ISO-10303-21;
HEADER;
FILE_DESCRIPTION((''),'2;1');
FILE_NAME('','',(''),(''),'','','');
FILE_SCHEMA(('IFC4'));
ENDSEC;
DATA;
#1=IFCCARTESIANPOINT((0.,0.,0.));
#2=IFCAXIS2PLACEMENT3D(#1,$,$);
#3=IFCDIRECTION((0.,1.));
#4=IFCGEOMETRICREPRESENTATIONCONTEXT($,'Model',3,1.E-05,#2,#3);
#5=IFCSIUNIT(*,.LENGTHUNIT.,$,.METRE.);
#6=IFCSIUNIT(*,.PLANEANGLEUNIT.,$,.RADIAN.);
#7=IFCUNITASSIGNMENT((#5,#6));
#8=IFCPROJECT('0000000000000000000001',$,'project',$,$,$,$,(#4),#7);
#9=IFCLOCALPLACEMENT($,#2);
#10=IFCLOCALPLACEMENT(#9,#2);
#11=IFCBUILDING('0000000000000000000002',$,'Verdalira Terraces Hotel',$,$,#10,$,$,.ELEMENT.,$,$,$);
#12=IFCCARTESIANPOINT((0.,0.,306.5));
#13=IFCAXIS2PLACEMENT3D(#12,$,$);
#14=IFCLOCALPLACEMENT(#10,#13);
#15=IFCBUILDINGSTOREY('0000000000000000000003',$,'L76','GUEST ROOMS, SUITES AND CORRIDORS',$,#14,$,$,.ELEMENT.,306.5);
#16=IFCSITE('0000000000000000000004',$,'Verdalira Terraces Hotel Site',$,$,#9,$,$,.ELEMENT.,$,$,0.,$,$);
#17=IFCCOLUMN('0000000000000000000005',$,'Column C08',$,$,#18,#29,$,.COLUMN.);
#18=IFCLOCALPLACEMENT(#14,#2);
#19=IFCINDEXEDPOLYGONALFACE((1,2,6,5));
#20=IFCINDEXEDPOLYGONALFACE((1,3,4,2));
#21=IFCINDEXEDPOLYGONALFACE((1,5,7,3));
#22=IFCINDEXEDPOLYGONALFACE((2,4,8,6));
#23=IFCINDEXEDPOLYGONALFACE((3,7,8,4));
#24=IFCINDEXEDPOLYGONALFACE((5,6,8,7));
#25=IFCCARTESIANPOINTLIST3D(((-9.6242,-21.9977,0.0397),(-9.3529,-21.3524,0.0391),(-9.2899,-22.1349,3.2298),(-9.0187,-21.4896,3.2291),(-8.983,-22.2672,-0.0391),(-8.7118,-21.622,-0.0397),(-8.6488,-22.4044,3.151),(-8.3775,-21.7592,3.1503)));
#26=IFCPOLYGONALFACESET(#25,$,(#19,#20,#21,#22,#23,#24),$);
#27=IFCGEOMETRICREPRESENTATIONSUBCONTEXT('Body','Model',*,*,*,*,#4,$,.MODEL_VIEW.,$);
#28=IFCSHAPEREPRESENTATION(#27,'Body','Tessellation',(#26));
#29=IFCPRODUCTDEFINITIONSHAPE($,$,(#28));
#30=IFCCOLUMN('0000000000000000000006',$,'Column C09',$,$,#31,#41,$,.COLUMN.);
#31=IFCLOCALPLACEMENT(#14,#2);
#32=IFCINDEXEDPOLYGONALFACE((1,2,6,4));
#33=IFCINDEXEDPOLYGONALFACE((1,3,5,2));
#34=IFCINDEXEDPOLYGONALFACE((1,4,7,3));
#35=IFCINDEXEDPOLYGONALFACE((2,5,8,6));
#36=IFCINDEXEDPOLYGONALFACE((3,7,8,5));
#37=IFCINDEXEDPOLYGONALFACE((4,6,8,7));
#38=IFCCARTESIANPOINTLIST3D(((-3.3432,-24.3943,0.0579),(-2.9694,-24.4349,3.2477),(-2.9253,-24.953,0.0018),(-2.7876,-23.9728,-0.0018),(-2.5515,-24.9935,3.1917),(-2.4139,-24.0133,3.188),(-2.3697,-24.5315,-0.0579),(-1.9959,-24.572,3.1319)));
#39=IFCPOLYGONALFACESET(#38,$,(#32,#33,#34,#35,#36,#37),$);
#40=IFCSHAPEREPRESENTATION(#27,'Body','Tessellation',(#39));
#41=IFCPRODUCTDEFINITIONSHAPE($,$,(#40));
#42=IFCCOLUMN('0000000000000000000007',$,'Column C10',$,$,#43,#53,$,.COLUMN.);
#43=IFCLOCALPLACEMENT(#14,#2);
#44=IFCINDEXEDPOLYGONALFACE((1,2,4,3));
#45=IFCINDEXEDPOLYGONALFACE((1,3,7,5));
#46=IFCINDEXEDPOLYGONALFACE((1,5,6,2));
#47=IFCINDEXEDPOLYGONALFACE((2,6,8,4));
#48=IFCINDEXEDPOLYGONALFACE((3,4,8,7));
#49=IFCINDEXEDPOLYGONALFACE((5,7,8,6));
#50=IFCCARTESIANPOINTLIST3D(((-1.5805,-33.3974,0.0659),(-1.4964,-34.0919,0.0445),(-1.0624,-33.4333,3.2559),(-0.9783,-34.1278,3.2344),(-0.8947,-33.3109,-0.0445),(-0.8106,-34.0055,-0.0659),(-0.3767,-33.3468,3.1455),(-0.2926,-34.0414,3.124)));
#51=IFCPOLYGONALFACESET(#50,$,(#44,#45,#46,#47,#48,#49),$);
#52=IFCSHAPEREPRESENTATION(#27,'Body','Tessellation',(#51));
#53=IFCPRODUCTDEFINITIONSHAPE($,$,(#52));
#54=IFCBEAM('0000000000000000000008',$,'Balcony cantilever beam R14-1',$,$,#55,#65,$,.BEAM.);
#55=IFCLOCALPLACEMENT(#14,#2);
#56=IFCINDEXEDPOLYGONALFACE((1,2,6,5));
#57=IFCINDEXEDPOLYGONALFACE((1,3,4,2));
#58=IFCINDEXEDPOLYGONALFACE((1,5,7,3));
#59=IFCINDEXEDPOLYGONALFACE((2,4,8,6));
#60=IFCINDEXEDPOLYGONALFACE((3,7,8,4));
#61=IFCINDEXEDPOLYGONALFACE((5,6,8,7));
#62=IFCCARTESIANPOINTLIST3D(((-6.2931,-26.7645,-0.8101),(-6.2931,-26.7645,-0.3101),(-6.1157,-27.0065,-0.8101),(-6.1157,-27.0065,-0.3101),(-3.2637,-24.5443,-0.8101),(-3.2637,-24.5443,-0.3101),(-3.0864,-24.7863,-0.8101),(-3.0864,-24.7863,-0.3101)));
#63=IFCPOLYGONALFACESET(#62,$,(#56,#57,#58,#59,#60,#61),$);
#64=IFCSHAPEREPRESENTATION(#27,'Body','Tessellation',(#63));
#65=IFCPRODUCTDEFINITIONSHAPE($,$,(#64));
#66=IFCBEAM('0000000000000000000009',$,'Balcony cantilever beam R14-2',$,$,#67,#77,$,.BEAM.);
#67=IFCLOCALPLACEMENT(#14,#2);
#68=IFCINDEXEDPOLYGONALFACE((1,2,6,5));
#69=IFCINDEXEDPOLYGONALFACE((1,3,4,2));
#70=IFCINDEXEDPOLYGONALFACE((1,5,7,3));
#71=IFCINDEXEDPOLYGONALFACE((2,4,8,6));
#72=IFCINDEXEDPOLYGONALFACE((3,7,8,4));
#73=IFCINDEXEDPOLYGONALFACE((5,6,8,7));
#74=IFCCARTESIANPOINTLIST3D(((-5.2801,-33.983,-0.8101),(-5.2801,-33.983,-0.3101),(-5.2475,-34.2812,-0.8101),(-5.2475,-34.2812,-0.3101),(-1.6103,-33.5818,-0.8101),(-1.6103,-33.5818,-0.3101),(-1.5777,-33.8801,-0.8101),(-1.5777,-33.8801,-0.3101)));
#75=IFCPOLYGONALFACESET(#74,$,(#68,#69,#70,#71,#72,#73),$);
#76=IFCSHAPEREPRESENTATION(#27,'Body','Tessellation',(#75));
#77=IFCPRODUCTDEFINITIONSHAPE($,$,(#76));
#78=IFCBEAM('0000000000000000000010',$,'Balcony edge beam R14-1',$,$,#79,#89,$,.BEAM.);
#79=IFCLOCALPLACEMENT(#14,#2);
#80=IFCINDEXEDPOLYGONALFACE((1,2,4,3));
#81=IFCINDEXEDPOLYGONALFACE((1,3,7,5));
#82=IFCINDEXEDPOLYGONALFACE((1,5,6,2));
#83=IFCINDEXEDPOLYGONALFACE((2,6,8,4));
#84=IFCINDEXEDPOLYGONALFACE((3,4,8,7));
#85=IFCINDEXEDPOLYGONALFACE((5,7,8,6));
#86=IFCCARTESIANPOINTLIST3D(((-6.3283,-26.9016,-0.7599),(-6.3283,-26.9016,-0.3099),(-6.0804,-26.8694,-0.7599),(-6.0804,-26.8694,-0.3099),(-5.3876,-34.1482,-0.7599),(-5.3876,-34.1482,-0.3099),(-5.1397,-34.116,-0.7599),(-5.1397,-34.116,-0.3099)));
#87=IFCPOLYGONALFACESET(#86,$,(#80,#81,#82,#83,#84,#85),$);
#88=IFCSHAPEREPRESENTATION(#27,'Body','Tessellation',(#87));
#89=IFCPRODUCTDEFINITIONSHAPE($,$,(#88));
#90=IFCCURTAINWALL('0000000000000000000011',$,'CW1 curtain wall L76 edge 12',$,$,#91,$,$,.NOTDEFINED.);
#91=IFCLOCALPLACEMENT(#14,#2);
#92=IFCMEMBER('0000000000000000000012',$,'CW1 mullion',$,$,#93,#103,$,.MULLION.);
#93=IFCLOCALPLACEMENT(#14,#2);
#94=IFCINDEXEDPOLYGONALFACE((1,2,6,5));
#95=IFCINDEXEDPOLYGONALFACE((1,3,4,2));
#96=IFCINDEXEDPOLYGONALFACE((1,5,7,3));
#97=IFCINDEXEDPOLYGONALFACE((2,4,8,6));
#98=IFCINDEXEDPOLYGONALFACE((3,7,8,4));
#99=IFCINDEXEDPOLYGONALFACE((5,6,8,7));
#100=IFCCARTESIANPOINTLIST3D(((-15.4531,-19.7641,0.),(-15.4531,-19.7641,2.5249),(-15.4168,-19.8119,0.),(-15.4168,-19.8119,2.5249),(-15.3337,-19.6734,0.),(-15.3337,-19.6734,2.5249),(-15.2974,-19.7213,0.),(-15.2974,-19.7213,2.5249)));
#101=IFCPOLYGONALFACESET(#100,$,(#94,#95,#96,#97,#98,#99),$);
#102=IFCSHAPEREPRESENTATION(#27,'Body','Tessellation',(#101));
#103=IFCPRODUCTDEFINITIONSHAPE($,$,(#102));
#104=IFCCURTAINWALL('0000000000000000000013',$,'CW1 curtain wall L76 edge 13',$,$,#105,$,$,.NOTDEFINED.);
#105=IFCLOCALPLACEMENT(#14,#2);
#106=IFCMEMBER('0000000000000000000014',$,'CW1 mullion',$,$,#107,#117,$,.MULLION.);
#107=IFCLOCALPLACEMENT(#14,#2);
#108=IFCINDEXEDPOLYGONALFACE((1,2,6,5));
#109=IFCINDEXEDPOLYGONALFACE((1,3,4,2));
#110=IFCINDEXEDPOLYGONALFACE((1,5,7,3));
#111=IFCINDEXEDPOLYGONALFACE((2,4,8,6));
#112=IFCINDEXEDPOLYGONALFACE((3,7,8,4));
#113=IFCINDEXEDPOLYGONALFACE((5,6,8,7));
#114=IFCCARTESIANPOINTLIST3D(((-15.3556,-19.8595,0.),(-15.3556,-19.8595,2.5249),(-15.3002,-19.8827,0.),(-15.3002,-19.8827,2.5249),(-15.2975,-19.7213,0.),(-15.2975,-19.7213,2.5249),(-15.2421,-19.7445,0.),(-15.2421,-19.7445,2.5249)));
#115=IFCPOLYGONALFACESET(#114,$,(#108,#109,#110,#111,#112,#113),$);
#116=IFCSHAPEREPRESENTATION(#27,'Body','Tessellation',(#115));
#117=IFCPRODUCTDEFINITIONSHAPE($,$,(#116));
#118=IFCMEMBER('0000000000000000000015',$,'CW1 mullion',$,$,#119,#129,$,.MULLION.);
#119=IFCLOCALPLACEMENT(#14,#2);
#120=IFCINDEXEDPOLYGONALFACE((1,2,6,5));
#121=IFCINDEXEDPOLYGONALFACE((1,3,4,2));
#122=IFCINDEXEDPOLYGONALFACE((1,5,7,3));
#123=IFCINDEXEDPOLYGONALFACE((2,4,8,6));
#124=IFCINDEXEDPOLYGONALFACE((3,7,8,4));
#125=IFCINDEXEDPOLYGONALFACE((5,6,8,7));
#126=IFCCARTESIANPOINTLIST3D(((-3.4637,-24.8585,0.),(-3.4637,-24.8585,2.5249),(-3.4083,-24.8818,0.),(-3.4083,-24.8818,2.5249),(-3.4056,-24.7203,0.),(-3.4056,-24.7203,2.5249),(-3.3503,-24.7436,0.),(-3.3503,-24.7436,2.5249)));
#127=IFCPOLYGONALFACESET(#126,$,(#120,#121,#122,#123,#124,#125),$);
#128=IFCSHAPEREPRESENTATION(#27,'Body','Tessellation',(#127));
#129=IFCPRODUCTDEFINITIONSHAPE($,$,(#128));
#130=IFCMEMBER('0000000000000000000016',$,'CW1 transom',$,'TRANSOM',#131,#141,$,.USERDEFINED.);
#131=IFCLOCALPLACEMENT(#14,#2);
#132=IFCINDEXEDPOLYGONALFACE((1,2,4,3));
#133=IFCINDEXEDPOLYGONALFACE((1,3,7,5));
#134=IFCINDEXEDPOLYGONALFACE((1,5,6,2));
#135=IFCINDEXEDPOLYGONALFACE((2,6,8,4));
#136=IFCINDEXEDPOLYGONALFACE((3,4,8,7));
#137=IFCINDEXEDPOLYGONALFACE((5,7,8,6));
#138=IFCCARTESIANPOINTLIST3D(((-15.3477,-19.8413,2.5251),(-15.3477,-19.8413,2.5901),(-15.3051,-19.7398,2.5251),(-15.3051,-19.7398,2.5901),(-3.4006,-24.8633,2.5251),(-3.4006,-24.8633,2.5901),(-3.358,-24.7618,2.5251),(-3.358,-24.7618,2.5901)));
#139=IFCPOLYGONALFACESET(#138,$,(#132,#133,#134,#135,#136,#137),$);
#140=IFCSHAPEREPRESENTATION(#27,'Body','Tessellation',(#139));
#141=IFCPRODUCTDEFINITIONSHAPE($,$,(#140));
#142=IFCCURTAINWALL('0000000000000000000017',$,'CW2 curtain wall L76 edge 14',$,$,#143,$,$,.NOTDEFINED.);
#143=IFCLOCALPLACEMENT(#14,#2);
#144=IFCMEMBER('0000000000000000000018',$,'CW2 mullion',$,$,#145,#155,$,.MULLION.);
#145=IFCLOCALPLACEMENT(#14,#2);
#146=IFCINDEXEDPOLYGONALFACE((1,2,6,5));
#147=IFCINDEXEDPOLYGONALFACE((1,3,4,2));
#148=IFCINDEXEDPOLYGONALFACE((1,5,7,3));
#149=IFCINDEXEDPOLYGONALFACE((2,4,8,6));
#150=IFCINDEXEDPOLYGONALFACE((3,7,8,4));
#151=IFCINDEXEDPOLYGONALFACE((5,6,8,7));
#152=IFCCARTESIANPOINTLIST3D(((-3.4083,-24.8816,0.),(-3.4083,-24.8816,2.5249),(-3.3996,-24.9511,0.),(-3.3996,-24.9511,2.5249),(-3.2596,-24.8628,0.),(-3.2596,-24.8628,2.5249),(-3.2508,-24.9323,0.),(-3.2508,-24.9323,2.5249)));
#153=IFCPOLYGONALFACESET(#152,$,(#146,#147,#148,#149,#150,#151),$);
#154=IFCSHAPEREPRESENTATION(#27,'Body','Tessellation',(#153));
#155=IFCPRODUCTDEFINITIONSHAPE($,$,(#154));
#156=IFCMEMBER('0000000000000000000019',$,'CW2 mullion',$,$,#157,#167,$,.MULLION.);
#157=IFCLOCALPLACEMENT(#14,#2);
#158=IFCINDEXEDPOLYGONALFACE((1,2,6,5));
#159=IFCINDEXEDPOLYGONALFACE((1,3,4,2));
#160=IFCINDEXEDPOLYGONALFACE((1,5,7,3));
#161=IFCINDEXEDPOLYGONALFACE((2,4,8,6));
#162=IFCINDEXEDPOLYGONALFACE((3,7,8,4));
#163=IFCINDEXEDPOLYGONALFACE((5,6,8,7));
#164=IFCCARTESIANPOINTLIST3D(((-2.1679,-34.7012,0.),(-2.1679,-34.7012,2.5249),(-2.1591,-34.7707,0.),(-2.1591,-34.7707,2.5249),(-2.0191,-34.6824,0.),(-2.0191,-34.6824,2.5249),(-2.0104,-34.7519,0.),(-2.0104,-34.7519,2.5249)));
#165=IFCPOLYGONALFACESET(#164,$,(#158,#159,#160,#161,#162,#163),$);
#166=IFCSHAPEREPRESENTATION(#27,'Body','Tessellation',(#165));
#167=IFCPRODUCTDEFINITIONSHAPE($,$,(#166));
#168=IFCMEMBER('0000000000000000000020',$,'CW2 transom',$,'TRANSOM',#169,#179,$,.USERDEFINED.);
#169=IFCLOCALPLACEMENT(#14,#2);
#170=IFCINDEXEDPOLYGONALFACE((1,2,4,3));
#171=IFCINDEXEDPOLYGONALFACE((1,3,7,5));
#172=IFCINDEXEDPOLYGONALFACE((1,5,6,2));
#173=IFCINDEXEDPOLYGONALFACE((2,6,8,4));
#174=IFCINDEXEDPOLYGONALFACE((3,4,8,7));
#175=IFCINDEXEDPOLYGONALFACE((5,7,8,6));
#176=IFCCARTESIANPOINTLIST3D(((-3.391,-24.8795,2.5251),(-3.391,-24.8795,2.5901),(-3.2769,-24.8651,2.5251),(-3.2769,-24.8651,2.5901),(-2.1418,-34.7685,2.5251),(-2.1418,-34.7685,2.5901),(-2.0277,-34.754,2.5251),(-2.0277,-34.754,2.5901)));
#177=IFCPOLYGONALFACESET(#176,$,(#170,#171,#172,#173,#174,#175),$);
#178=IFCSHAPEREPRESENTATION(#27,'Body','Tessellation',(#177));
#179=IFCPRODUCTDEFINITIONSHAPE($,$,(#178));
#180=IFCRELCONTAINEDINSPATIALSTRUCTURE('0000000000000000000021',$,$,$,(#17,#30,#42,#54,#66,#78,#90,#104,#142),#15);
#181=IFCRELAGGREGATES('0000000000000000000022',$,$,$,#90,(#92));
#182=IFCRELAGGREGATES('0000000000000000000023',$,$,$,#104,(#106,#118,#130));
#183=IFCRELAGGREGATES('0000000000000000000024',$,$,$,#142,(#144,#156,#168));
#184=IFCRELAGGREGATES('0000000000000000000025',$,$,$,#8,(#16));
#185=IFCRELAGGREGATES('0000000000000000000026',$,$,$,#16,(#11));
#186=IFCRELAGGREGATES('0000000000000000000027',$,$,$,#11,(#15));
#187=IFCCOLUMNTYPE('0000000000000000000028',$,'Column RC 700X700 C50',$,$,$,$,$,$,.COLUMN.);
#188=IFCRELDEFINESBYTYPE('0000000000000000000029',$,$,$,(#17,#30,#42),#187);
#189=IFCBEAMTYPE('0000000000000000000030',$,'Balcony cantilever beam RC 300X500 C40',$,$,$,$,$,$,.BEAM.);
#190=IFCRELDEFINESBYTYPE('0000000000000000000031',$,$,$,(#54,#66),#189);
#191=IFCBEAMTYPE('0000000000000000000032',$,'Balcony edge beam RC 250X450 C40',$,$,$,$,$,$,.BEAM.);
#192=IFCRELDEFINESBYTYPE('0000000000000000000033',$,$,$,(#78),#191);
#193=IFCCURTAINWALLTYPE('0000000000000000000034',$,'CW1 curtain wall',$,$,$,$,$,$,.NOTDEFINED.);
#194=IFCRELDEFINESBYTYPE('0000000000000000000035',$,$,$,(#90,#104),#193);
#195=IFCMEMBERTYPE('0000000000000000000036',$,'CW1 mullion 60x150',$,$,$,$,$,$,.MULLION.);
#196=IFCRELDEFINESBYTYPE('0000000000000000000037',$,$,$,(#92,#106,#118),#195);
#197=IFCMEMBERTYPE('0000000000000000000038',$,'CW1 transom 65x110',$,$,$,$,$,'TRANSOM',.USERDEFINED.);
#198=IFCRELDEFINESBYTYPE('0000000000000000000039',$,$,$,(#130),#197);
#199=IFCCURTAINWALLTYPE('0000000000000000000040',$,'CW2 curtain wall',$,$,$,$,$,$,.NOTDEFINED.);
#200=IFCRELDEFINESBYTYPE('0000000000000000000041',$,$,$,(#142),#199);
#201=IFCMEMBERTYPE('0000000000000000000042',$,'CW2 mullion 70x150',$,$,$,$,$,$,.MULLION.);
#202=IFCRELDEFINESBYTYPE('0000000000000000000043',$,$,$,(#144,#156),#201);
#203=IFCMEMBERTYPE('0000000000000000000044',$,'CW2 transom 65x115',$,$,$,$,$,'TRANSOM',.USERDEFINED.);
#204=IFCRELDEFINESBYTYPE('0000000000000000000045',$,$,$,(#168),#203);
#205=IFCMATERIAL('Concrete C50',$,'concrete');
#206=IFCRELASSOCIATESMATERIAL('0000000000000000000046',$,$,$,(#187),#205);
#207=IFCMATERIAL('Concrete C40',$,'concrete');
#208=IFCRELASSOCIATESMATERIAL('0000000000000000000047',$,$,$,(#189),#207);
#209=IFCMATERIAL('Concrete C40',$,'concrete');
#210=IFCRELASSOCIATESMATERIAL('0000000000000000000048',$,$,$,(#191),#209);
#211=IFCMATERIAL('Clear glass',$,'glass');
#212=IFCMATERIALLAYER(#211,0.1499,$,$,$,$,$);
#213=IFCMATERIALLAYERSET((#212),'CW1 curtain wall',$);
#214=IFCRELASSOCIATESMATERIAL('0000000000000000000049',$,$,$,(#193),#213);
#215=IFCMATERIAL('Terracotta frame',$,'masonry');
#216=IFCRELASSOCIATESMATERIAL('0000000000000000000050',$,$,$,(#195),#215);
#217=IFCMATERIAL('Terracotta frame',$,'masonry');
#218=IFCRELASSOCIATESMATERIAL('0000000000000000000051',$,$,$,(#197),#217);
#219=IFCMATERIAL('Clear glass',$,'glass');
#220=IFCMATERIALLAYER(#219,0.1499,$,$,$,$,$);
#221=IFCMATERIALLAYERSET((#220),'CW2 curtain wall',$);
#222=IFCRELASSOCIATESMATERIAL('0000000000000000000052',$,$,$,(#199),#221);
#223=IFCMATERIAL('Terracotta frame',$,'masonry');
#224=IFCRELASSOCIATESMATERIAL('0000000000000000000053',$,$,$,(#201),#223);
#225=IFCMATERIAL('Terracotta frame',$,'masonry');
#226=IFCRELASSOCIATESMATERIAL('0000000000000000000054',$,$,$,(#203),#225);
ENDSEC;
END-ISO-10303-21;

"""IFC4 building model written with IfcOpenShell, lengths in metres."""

from ifc_helpers import new_model, si_unit, direction, frame, origin, origin_2d, place, context, subcontext, project, spatial, rectangle, extrude, material, layer, layer_set, material_profile, profile_set, type_object, element, aggregate, save


model = new_model("IFC4")

# Units and contexts
model_context = context("Model", 3, precision=1e-05, world=origin(), true_north=direction((0.0, 1.0)))
body_context = subcontext(model_context, "Body", "Model", "MODEL_VIEW")
ifc_project = project(units=[si_unit("LENGTHUNIT", "METRE"), si_unit("PLANEANGLEUNIT", "RADIAN")], contexts=[model_context])

# Site, building, storey
site_placement = place(None, origin())
site = spatial("IfcSite", under=ifc_project, at=site_placement, Name="Verdalira Terraces Hotel Site", CompositionType="ELEMENT", RefElevation=0.0)
building_placement = place(site_placement, origin())
building = spatial("IfcBuilding", under=site, at=building_placement, Name="Verdalira Terraces Hotel", CompositionType="ELEMENT")
storey_placement = place(building_placement, frame((0.0, 0.0, 306.5)))
storey = spatial("IfcBuildingStorey", under=building, at=storey_placement, Name="L76", Description="GUEST ROOMS, SUITES AND CORRIDORS", CompositionType="ELEMENT", Elevation=306.5)

# Columns
ifc_material_1 = material(Name="Concrete C50", Category="concrete")
ifc_material_profile_1 = material_profile(ifc_material_1, rectangle(XDim=0.7, YDim=0.7, at=origin_2d()), Name="RC 700X700")
ifc_profile_set_1 = profile_set([ifc_material_profile_1], Name="Concrete C50")
column_type = type_object("IfcColumnType", Name="Column RC 700X700 C50", PredefinedType="COLUMN", material=ifc_profile_set_1)
column_1_placement = place(storey_placement, frame((-9.168, -21.8098, 0.0), z_axis=(0.10411, -0.042739, 0.993647), x_axis=(0.915972, -0.385138, -0.112537)))
element("IfcColumn", 1, at=column_1_placement, inside=storey, type_object=column_type, Name="Column C08", PredefinedType="COLUMN", context=body_context, shape_type="SweptSolid", body=[
    extrude(rectangle(XDim=0.7, YDim=0.7, at=origin_2d()), origin(), (0.0, 0.0, 1.0), 3.2104),
])
column_2_placement = place(storey_placement, frame((-2.8564, -24.4629, 0.0), z_axis=(0.116369, -0.012617, 0.993126), x_axis=(-0.597065, 0.798184, 0.080101)))
element("IfcColumn", 2, at=column_2_placement, inside=storey, type_object=column_type, Name="Column C09", PredefinedType="COLUMN", context=body_context, shape_type="SweptSolid", body=[
    extrude(rectangle(XDim=0.7, YDim=0.7, at=origin_2d()), origin(), (0.0, 0.0, 1.0), 3.2119),
])
column_3_placement = place(storey_placement, frame((-1.1956, -33.7014, 0.0), z_axis=(0.160296, -0.011104, 0.987007), x_axis=(0.120143, -0.992283, -0.030676)))
element("IfcColumn", 3, at=column_3_placement, inside=storey, type_object=column_type, Name="Column C10", PredefinedType="COLUMN", context=body_context, shape_type="SweptSolid", body=[
    extrude(rectangle(XDim=0.7, YDim=0.7, at=origin_2d()), origin(), (0.0, 0.0, 1.0), 3.2319),
])

# Beams
ifc_material_2 = material(Name="Concrete C40", Category="concrete")
ifc_material_profile_2 = material_profile(ifc_material_2, rectangle(XDim=0.3, YDim=0.5, at=origin_2d()), Name="RC 300X500")
ifc_profile_set_2 = profile_set([ifc_material_profile_2], Name="Concrete C40")
beam_type_1 = type_object("IfcBeamType", Name="Balcony cantilever beam RC 300X500 C40", PredefinedType="BEAM", material=ifc_profile_set_2)
beam_1_placement = place(storey_placement, frame((-3.175, -24.6653, -0.5601), z_axis=(-0.806566, -0.591144, 0.0), x_axis=(0.591144, -0.806566, 0.0)))
element("IfcBeam", 4, at=beam_1_placement, inside=storey, type_object=beam_type_1, Name="Balcony cantilever beam R14-1", PredefinedType="BEAM", context=body_context, shape_type="SweptSolid", body=[
    extrude(rectangle(XDim=0.3, YDim=0.5, at=origin_2d()), origin(), (0.0, 0.0, 1.0), 3.7559),
])
beam_2_placement = place(storey_placement, frame((-1.594, -33.731, -0.5601), z_axis=(-0.994079, -0.10866, 0.0), x_axis=(0.10866, -0.994079, 0.0)))
element("IfcBeam", 5, at=beam_2_placement, inside=storey, type_object=beam_type_1, Name="Balcony cantilever beam R14-2", PredefinedType="BEAM", context=body_context, shape_type="SweptSolid", body=[
    extrude(rectangle(XDim=0.3, YDim=0.5, at=origin_2d()), origin(), (0.0, 0.0, 1.0), 3.6917),
])
ifc_material_3 = material(Name="Concrete C40", Category="concrete")
ifc_material_profile_3 = material_profile(ifc_material_3, rectangle(XDim=0.25, YDim=0.45, at=origin_2d()), Name="RC 250X450")
ifc_profile_set_3 = profile_set([ifc_material_profile_3], Name="Concrete C40")
beam_type_2 = type_object("IfcBeamType", Name="Balcony edge beam RC 250X450 C40", PredefinedType="BEAM", material=ifc_profile_set_3)
beam_3_placement = place(storey_placement, frame((-6.2043, -26.8855, -0.5349), z_axis=(0.128729, -0.99168, 0.0), x_axis=(0.99168, 0.128729, 0.0)))
element("IfcBeam", 6, at=beam_3_placement, inside=storey, type_object=beam_type_2, Name="Balcony edge beam R14-1", PredefinedType="BEAM", context=body_context, shape_type="SweptSolid", body=[
    extrude(rectangle(XDim=0.25, YDim=0.45, at=origin_2d()), origin(), (0.0, 0.0, 1.0), 7.3074),
])

# Curtain wall, member
ifc_material_4 = material(Name="Clear glass", Category="glass")
ifc_layer_1 = layer(ifc_material_4, 0.1499)
ifc_layer_set_1 = layer_set([ifc_layer_1], Name="CW1 curtain wall")
curtain_wall_type_1 = type_object("IfcCurtainWallType", Name="CW1 curtain wall", PredefinedType="NOTDEFINED", material=ifc_layer_set_1)
curtain_wall_1_placement = place(storey_placement, origin())
curtain_wall_1 = element("IfcCurtainWall", 7, at=curtain_wall_1_placement, inside=storey, type_object=curtain_wall_type_1, Name="CW1 curtain wall L76 edge 12", PredefinedType="NOTDEFINED")
ifc_material_5 = material(Name="Terracotta frame", Category="masonry")
ifc_material_profile_4 = material_profile(ifc_material_5, rectangle(XDim=0.0601, YDim=0.1499, at=origin_2d()), Name="MU 60x150")
ifc_profile_set_4 = profile_set([ifc_material_profile_4], Name="Terracotta frame")
member_type_1 = type_object("IfcMemberType", Name="CW1 mullion 60x150", PredefinedType="MULLION", material=ifc_profile_set_4)
member_1_placement = place(storey_placement, frame((-15.3752, -19.7427, 0.0), z_axis=(0.0, 0.0, 1.0), x_axis=(0.604599, -0.79653, 0.0)))
member_1 = element("IfcMember", 8, at=member_1_placement, type_object=member_type_1, Name="CW1 mullion", PredefinedType="MULLION", context=body_context, shape_type="SweptSolid", body=[
    extrude(rectangle(XDim=0.0601, YDim=0.1499, at=origin_2d()), origin(), (0.0, 0.0, 1.0), 2.5249),
])
aggregate(curtain_wall_1, [member_1])

# Curtain walls, members
curtain_wall_2_placement = place(storey_placement, origin())
curtain_wall_2 = element("IfcCurtainWall", 9, at=curtain_wall_2_placement, inside=storey, type_object=curtain_wall_type_1, Name="CW1 curtain wall L76 edge 13", PredefinedType="NOTDEFINED")
member_2_placement = place(storey_placement, frame((-15.2988, -19.802, 0.0), z_axis=(0.0, 0.0, 1.0), x_axis=(0.921863, -0.387516, 0.0)))
member_2 = element("IfcMember", 10, at=member_2_placement, type_object=member_type_1, Name="CW1 mullion", PredefinedType="MULLION", context=body_context, shape_type="SweptSolid", body=[
    extrude(rectangle(XDim=0.0601, YDim=0.1499, at=origin_2d()), origin(), (0.0, 0.0, 1.0), 2.5249),
])
member_3_placement = place(storey_placement, frame((-3.407, -24.801, 0.0), z_axis=(0.0, 0.0, 1.0), x_axis=(0.921863, -0.387516, 0.0)))
member_3 = element("IfcMember", 11, at=member_3_placement, type_object=member_type_1, Name="CW1 mullion", PredefinedType="MULLION", context=body_context, shape_type="SweptSolid", body=[
    extrude(rectangle(XDim=0.0601, YDim=0.1499, at=origin_2d()), origin(), (0.0, 0.0, 1.0), 2.5249),
])
ifc_material_6 = material(Name="Terracotta frame", Category="masonry")
ifc_material_profile_5 = material_profile(ifc_material_6, rectangle(XDim=0.1101, YDim=0.0649, at=origin_2d()), Name="TR 65x110")
ifc_profile_set_5 = profile_set([ifc_material_profile_5], Name="Terracotta frame")
member_type_2 = type_object("IfcMemberType", Name="CW1 transom 65x110", ElementType="TRANSOM", PredefinedType="USERDEFINED", material=ifc_profile_set_5)
member_4_placement = place(storey_placement, frame((-15.3264, -19.7905, 2.5576), z_axis=(0.921866, -0.38751, 0.0), x_axis=(0.38751, 0.921866, 0.0)))
member_4 = element("IfcMember", 12, at=member_4_placement, type_object=member_type_2, Name="CW1 transom", ObjectType="TRANSOM", PredefinedType="USERDEFINED", context=body_context, shape_type="SweptSolid", body=[
    extrude(rectangle(XDim=0.1101, YDim=0.0649, at=origin_2d()), origin(), (0.0, 0.0, 1.0), 12.9597),
])
ifc_material_7 = material(Name="Clear glass", Category="glass")
ifc_layer_2 = layer(ifc_material_7, 0.1499)
ifc_layer_set_2 = layer_set([ifc_layer_2], Name="CW2 curtain wall")
curtain_wall_type_2 = type_object("IfcCurtainWallType", Name="CW2 curtain wall", PredefinedType="NOTDEFINED", material=ifc_layer_set_2)
curtain_wall_3_placement = place(storey_placement, origin())
curtain_wall_3 = element("IfcCurtainWall", 13, at=curtain_wall_3_placement, inside=storey, type_object=curtain_wall_type_2, Name="CW2 curtain wall L76 edge 14", PredefinedType="NOTDEFINED")
ifc_material_8 = material(Name="Terracotta frame", Category="masonry")
ifc_material_profile_6 = material_profile(ifc_material_8, rectangle(XDim=0.0701, YDim=0.1499, at=origin_2d()), Name="MU 70x150")
ifc_profile_set_6 = profile_set([ifc_material_profile_6], Name="Terracotta frame")
member_type_3 = type_object("IfcMemberType", Name="CW2 mullion 70x150", PredefinedType="MULLION", material=ifc_profile_set_6)
member_5_placement = place(storey_placement, frame((-3.3296, -24.907, 0.0), z_axis=(0.0, 0.0, 1.0), x_axis=(0.125333, -0.992115, 0.0)))
member_5 = element("IfcMember", 14, at=member_5_placement, type_object=member_type_3, Name="CW2 mullion", PredefinedType="MULLION", context=body_context, shape_type="SweptSolid", body=[
    extrude(rectangle(XDim=0.0701, YDim=0.1499, at=origin_2d()), origin(), (0.0, 0.0, 1.0), 2.5249),
])
member_6_placement = place(storey_placement, frame((-2.0891, -34.7266, 0.0), z_axis=(0.0, 0.0, 1.0), x_axis=(0.125333, -0.992115, 0.0)))
member_6 = element("IfcMember", 15, at=member_6_placement, type_object=member_type_3, Name="CW2 mullion", PredefinedType="MULLION", context=body_context, shape_type="SweptSolid", body=[
    extrude(rectangle(XDim=0.0701, YDim=0.1499, at=origin_2d()), origin(), (0.0, 0.0, 1.0), 2.5249),
])
ifc_material_9 = material(Name="Terracotta frame", Category="masonry")
ifc_material_profile_7 = material_profile(ifc_material_9, rectangle(XDim=0.115, YDim=0.0649, at=origin_2d()), Name="TR 65x115")
ifc_profile_set_7 = profile_set([ifc_material_profile_7], Name="Terracotta frame")
member_type_4 = type_object("IfcMemberType", Name="CW2 transom 65x115", ElementType="TRANSOM", PredefinedType="USERDEFINED", material=ifc_profile_set_7)
member_7_placement = place(storey_placement, frame((-3.334, -24.8723, 2.5576), z_axis=(0.125334, -0.992115, 0.0), x_axis=(0.992115, 0.125334, 0.0)))
member_7 = element("IfcMember", 16, at=member_7_placement, type_object=member_type_4, Name="CW2 transom", ObjectType="TRANSOM", PredefinedType="USERDEFINED", context=body_context, shape_type="SweptSolid", body=[
    extrude(rectangle(XDim=0.115, YDim=0.0649, at=origin_2d()), origin(), (0.0, 0.0, 1.0), 9.9675),
])

aggregate(curtain_wall_2, [member_2, member_3, member_4])
aggregate(curtain_wall_3, [member_5, member_6, member_7])

save(model, "model.ifc")
